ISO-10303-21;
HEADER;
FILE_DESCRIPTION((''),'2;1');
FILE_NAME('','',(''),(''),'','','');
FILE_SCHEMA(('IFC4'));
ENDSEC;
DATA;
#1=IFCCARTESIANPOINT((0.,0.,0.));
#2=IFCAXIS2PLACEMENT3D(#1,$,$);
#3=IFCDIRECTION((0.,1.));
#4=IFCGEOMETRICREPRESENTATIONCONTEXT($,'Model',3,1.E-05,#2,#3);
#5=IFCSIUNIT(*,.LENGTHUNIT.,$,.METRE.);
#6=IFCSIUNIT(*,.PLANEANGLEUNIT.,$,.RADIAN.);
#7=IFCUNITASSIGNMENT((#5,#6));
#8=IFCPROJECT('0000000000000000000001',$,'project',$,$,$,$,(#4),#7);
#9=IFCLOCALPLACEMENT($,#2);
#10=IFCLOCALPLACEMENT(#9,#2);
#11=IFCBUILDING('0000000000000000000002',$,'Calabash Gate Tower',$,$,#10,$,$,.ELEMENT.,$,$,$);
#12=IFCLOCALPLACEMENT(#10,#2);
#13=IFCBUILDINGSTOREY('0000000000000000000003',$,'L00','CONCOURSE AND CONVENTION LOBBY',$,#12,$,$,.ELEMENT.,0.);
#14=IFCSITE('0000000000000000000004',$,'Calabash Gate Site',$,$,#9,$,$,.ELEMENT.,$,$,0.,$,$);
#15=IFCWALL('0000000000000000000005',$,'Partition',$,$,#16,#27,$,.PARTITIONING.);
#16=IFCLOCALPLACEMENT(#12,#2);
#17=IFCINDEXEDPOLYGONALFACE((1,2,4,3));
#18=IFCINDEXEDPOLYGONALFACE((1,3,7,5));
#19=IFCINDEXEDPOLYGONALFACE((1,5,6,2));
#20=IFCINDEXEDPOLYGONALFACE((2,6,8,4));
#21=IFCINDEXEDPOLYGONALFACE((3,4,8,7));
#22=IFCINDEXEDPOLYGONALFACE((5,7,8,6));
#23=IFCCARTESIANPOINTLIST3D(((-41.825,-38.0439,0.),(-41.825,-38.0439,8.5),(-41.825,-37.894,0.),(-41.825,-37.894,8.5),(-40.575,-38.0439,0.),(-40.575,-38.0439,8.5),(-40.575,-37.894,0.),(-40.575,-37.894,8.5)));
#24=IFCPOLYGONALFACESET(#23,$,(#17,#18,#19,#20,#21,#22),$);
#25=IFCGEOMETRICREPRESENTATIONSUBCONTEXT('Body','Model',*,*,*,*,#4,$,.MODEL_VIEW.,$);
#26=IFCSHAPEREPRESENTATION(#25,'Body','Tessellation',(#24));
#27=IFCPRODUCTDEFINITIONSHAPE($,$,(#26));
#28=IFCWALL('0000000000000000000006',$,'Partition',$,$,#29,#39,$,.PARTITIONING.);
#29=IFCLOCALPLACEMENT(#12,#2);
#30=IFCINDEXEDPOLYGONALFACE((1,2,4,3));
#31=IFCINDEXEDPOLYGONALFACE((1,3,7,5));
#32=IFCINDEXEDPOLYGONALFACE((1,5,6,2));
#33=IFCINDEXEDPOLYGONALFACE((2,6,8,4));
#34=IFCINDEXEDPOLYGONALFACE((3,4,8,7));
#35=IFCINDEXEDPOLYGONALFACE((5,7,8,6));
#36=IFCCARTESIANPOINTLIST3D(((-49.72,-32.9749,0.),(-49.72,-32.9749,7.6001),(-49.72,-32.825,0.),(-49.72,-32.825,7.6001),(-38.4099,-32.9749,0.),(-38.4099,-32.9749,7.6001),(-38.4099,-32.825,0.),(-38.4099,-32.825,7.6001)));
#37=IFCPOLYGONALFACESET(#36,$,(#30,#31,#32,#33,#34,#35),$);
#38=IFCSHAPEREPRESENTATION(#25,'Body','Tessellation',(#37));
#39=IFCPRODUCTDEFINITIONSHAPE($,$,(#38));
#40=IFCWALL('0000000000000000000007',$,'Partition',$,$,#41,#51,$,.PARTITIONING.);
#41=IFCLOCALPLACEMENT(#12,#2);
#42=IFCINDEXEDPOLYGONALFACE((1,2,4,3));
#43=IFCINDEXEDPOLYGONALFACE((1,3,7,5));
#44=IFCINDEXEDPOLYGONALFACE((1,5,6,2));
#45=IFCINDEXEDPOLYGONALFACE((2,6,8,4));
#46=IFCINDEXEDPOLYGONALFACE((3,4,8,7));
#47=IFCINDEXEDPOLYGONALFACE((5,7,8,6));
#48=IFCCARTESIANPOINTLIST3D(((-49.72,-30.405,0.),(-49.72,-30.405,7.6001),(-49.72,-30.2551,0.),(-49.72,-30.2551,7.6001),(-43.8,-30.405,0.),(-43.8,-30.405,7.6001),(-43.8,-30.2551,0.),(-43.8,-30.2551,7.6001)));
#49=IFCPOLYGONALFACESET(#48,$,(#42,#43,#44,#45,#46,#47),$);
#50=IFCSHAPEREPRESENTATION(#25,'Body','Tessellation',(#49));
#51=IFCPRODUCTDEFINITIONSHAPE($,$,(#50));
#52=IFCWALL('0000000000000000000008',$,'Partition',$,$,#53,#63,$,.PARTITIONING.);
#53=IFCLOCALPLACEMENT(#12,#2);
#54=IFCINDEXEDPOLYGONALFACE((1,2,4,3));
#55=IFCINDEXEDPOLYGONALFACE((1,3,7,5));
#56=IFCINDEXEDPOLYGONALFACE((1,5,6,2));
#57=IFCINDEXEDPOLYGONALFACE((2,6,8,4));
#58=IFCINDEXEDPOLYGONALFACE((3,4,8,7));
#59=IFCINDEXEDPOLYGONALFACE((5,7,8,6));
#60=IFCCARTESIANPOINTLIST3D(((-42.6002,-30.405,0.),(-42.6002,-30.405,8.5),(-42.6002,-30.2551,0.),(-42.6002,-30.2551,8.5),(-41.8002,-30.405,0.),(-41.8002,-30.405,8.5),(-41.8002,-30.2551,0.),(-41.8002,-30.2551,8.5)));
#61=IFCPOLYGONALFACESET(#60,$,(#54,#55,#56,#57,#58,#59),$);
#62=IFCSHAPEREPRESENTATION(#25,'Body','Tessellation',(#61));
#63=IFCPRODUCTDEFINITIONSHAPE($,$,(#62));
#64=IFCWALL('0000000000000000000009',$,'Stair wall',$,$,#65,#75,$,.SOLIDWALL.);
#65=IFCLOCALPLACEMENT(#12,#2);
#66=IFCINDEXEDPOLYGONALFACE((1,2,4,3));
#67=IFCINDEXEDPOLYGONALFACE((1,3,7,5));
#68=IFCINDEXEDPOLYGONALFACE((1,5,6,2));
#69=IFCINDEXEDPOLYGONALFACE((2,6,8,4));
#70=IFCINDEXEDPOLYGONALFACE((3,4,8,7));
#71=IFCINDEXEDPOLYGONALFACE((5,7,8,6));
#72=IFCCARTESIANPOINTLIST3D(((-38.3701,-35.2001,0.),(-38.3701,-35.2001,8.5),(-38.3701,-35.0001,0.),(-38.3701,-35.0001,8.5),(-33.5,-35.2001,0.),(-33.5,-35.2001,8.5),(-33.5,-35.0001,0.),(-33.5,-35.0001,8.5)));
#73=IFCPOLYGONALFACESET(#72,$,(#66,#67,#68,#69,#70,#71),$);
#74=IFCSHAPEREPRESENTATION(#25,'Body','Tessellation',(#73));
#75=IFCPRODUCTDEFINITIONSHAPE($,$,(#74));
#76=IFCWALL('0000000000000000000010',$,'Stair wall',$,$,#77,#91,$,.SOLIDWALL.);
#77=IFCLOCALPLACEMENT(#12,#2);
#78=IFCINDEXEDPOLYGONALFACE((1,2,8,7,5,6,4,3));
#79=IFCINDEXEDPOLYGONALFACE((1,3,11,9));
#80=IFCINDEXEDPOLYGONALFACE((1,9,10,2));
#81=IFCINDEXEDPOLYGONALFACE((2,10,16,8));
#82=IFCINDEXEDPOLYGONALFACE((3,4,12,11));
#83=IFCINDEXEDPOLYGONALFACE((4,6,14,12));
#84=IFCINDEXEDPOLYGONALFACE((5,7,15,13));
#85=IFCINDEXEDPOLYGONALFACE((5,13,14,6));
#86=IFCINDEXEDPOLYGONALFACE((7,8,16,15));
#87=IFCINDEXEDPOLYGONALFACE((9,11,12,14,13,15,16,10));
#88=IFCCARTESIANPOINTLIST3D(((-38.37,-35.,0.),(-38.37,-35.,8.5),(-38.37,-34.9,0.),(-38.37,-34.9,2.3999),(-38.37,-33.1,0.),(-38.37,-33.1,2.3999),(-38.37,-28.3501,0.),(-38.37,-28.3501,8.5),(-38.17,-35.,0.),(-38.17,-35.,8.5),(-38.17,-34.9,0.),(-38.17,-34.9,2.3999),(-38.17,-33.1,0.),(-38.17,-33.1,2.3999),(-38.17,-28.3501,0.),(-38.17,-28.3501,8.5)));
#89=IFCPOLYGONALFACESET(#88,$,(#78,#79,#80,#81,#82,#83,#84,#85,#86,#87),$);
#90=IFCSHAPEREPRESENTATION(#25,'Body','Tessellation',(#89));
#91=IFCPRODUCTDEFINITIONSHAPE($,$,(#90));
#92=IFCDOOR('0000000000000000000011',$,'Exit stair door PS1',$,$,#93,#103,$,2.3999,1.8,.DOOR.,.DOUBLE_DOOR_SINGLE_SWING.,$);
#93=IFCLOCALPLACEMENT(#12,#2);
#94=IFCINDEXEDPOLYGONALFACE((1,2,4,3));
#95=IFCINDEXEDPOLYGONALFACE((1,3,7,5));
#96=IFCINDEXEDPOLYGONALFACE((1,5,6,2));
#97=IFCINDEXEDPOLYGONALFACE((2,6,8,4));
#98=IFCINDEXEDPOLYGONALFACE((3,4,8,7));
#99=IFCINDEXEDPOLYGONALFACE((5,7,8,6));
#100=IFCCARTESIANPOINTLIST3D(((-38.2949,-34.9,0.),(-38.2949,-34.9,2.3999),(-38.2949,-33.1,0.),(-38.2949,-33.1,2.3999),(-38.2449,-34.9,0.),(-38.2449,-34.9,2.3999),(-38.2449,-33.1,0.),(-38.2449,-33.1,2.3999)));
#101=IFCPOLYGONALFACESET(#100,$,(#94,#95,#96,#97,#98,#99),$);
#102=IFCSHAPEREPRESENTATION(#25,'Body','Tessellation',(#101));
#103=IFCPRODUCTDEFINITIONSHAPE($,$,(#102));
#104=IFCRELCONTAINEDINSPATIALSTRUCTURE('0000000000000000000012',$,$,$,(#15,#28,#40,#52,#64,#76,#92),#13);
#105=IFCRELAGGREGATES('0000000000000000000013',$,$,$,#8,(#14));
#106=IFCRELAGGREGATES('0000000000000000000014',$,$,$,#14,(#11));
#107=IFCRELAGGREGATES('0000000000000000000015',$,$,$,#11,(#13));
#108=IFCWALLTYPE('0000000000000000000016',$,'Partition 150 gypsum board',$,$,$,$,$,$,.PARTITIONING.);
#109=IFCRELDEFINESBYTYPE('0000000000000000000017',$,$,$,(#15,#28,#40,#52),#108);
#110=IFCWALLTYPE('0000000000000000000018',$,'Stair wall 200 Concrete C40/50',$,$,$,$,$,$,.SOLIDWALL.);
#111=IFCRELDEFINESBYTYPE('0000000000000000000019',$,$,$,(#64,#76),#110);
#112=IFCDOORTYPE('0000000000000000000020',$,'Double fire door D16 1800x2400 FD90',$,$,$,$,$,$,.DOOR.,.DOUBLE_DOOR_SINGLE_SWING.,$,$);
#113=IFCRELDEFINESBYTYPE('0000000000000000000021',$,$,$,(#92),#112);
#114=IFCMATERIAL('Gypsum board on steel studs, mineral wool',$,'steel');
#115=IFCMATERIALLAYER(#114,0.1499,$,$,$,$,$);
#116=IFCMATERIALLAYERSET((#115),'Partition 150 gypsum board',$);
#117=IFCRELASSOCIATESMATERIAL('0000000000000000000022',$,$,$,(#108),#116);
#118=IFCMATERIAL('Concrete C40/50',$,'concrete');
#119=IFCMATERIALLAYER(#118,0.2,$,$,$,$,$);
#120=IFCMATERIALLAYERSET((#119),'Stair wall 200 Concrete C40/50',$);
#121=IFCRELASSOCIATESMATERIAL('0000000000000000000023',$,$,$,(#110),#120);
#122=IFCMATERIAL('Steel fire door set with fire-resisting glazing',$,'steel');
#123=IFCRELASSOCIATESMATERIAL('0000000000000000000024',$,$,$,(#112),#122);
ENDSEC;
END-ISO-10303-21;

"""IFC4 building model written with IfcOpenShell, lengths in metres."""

from ifc_helpers import new_model, si_unit, direction, frame, frame_2d, origin, place, context, subcontext, project, spatial, rectangle, extrude, material, layer, layer_set, type_object, element, fill, save


model = new_model("IFC4")

# Units and contexts
model_context = context("Model", 3, precision=1e-05, world=origin(), true_north=direction((0.0, 1.0)))
body_context = subcontext(model_context, "Body", "Model", "MODEL_VIEW")
ifc_project = project(units=[si_unit("LENGTHUNIT", "METRE"), si_unit("PLANEANGLEUNIT", "RADIAN")], contexts=[model_context])

# Site, building, storey
site_placement = place(None, origin())
site = spatial("IfcSite", under=ifc_project, at=site_placement, Name="Calabash Gate Site", CompositionType="ELEMENT", RefElevation=0.0)
building_placement = place(site_placement, origin())
building = spatial("IfcBuilding", under=site, at=building_placement, Name="Calabash Gate Tower", CompositionType="ELEMENT")
storey_placement = place(building_placement, origin())
storey = spatial("IfcBuildingStorey", under=building, at=storey_placement, Name="L00", Description="CONCOURSE AND CONVENTION LOBBY", CompositionType="ELEMENT", Elevation=0.0)

# Walls
ifc_material_1 = material(Name="Gypsum board on steel studs, mineral wool", Category="steel")
ifc_layer_1 = layer(ifc_material_1, 0.1499)
ifc_layer_set_1 = layer_set([ifc_layer_1], Name="Partition 150 gypsum board")
wall_type_1 = type_object("IfcWallType", Name="Partition 150 gypsum board", PredefinedType="PARTITIONING", material=ifc_layer_set_1)
for number, where, z_axis, x_axis, name in (
    (1, (-41.825, -37.969, 0.0), (0.0, 0.0, 1.0), (1.0, 0.0, 0.0), "Partition"),
):
    element("IfcWall", number, at=place(storey_placement, frame(where, z_axis=z_axis, x_axis=x_axis)), inside=storey, type_object=wall_type_1, Name=name, PredefinedType="PARTITIONING", context=body_context, shape_type="SweptSolid", body=[
        extrude(rectangle(XDim=1.25, YDim=0.1499, at=frame_2d((0.625, 0.0))), origin(), (0.0, 0.0, 1.0), 8.5),
    ])
wall_1_placement = place(storey_placement, frame((-49.72, -32.8999, 0.0), z_axis=(0.0, 0.0, 1.0), x_axis=(1.0, 0.0, 0.0)))
element("IfcWall", 2, at=wall_1_placement, inside=storey, type_object=wall_type_1, Name="Partition", PredefinedType="PARTITIONING", context=body_context, shape_type="SweptSolid", body=[
    extrude(rectangle(XDim=11.3101, YDim=0.1499, at=frame_2d((5.655, 0.0))), origin(), (0.0, 0.0, 1.0), 7.6001),
])
wall_2_placement = place(storey_placement, frame((-49.72, -30.3301, 0.0), z_axis=(0.0, 0.0, 1.0), x_axis=(1.0, 0.0, 0.0)))
element("IfcWall", 3, at=wall_2_placement, inside=storey, type_object=wall_type_1, Name="Partition", PredefinedType="PARTITIONING", context=body_context, shape_type="SweptSolid", body=[
    extrude(rectangle(XDim=5.9199, YDim=0.1499, at=frame_2d((2.96, 0.0))), origin(), (0.0, 0.0, 1.0), 7.6001),
])
wall_3_placement = place(storey_placement, frame((-42.6001, -30.3301, 0.0), z_axis=(0.0, 0.0, 1.0), x_axis=(1.0, 0.0, 0.0)))
element("IfcWall", 4, at=wall_3_placement, inside=storey, type_object=wall_type_1, Name="Partition", PredefinedType="PARTITIONING", context=body_context, shape_type="SweptSolid", body=[
    extrude(rectangle(XDim=0.8, YDim=0.1499, at=frame_2d((0.3999, 0.0))), origin(), (0.0, 0.0, 1.0), 8.5),
])
ifc_material_2 = material(Name="Concrete C40/50", Category="concrete")
ifc_layer_2 = layer(ifc_material_2, 0.2)
ifc_layer_set_2 = layer_set([ifc_layer_2], Name="Stair wall 200 Concrete C40/50")
wall_type_2 = type_object("IfcWallType", Name="Stair wall 200 Concrete C40/50", PredefinedType="SOLIDWALL", material=ifc_layer_set_2)
wall_4_placement = place(storey_placement, frame((-38.3701, -35.1001, 0.0), z_axis=(0.0, 0.0, 1.0), x_axis=(1.0, 0.0, 0.0)))
element("IfcWall", 5, at=wall_4_placement, inside=storey, type_object=wall_type_2, Name="Stair wall", PredefinedType="SOLIDWALL", context=body_context, shape_type="SweptSolid", body=[
    extrude(rectangle(XDim=4.8701, YDim=0.2, at=frame_2d((2.4351, 0.0))), origin(), (0.0, 0.0, 1.0), 8.5),
])

# Wall, opening, door
wall_5_placement = place(storey_placement, frame((-38.27, -35.0, 0.0), z_axis=(0.0, 0.0, 1.0), x_axis=(0.0, 1.0, 0.0)))
wall_5 = element("IfcWall", 6, at=wall_5_placement, inside=storey, type_object=wall_type_2, Name="Stair wall", PredefinedType="SOLIDWALL", context=body_context, shape_type="SweptSolid", body=[
    extrude(rectangle(XDim=6.6499, YDim=0.2, at=frame_2d((3.325, 0.0))), origin(), (0.0, 0.0, 1.0), 8.5),
])
opening_placement = place(wall_5_placement, frame((0.1001, 0.0, 0.0)))
opening = element("IfcOpeningElement", 7, at=opening_placement, cuts=wall_5, PredefinedType="OPENING", context=body_context, shape_type="SweptSolid", body=[
    extrude(rectangle(XDim=1.8, YDim=2.3999, at=frame_2d((0.8999, 1.2))), frame((0.0, 0.1099, 0.0), z_axis=(0.0, -1.0, 0.0), x_axis=(1.0, 0.0, 0.0)), (0.0, 0.0, 1.0), 0.22),
])
ifc_material_3 = material(Name="Steel fire door set with fire-resisting glazing", Category="steel")
door_type = type_object("IfcDoorType", Name="Double fire door D16 1800x2400 FD90", OperationType="DOUBLE_DOOR_SINGLE_SWING", PredefinedType="DOOR", material=ifc_material_3)
door_placement = place(opening_placement, origin())
door = element("IfcDoor", 8, at=door_placement, inside=storey, type_object=door_type, Name="Exit stair door PS1", OperationType="DOUBLE_DOOR_SINGLE_SWING", OverallHeight=2.3999, OverallWidth=1.8, PredefinedType="DOOR", context=body_context, shape_type="SweptSolid", body=[
    extrude(rectangle(XDim=1.8, YDim=2.3999, at=frame_2d((0.8999, 1.2))), frame((0.0, 0.0249, 0.0), z_axis=(0.0, -1.0, 0.0), x_axis=(1.0, 0.0, 0.0)), (0.0, 0.0, 1.0), 0.05),
])
fill(opening, door)

save(model, "model.ifc")
